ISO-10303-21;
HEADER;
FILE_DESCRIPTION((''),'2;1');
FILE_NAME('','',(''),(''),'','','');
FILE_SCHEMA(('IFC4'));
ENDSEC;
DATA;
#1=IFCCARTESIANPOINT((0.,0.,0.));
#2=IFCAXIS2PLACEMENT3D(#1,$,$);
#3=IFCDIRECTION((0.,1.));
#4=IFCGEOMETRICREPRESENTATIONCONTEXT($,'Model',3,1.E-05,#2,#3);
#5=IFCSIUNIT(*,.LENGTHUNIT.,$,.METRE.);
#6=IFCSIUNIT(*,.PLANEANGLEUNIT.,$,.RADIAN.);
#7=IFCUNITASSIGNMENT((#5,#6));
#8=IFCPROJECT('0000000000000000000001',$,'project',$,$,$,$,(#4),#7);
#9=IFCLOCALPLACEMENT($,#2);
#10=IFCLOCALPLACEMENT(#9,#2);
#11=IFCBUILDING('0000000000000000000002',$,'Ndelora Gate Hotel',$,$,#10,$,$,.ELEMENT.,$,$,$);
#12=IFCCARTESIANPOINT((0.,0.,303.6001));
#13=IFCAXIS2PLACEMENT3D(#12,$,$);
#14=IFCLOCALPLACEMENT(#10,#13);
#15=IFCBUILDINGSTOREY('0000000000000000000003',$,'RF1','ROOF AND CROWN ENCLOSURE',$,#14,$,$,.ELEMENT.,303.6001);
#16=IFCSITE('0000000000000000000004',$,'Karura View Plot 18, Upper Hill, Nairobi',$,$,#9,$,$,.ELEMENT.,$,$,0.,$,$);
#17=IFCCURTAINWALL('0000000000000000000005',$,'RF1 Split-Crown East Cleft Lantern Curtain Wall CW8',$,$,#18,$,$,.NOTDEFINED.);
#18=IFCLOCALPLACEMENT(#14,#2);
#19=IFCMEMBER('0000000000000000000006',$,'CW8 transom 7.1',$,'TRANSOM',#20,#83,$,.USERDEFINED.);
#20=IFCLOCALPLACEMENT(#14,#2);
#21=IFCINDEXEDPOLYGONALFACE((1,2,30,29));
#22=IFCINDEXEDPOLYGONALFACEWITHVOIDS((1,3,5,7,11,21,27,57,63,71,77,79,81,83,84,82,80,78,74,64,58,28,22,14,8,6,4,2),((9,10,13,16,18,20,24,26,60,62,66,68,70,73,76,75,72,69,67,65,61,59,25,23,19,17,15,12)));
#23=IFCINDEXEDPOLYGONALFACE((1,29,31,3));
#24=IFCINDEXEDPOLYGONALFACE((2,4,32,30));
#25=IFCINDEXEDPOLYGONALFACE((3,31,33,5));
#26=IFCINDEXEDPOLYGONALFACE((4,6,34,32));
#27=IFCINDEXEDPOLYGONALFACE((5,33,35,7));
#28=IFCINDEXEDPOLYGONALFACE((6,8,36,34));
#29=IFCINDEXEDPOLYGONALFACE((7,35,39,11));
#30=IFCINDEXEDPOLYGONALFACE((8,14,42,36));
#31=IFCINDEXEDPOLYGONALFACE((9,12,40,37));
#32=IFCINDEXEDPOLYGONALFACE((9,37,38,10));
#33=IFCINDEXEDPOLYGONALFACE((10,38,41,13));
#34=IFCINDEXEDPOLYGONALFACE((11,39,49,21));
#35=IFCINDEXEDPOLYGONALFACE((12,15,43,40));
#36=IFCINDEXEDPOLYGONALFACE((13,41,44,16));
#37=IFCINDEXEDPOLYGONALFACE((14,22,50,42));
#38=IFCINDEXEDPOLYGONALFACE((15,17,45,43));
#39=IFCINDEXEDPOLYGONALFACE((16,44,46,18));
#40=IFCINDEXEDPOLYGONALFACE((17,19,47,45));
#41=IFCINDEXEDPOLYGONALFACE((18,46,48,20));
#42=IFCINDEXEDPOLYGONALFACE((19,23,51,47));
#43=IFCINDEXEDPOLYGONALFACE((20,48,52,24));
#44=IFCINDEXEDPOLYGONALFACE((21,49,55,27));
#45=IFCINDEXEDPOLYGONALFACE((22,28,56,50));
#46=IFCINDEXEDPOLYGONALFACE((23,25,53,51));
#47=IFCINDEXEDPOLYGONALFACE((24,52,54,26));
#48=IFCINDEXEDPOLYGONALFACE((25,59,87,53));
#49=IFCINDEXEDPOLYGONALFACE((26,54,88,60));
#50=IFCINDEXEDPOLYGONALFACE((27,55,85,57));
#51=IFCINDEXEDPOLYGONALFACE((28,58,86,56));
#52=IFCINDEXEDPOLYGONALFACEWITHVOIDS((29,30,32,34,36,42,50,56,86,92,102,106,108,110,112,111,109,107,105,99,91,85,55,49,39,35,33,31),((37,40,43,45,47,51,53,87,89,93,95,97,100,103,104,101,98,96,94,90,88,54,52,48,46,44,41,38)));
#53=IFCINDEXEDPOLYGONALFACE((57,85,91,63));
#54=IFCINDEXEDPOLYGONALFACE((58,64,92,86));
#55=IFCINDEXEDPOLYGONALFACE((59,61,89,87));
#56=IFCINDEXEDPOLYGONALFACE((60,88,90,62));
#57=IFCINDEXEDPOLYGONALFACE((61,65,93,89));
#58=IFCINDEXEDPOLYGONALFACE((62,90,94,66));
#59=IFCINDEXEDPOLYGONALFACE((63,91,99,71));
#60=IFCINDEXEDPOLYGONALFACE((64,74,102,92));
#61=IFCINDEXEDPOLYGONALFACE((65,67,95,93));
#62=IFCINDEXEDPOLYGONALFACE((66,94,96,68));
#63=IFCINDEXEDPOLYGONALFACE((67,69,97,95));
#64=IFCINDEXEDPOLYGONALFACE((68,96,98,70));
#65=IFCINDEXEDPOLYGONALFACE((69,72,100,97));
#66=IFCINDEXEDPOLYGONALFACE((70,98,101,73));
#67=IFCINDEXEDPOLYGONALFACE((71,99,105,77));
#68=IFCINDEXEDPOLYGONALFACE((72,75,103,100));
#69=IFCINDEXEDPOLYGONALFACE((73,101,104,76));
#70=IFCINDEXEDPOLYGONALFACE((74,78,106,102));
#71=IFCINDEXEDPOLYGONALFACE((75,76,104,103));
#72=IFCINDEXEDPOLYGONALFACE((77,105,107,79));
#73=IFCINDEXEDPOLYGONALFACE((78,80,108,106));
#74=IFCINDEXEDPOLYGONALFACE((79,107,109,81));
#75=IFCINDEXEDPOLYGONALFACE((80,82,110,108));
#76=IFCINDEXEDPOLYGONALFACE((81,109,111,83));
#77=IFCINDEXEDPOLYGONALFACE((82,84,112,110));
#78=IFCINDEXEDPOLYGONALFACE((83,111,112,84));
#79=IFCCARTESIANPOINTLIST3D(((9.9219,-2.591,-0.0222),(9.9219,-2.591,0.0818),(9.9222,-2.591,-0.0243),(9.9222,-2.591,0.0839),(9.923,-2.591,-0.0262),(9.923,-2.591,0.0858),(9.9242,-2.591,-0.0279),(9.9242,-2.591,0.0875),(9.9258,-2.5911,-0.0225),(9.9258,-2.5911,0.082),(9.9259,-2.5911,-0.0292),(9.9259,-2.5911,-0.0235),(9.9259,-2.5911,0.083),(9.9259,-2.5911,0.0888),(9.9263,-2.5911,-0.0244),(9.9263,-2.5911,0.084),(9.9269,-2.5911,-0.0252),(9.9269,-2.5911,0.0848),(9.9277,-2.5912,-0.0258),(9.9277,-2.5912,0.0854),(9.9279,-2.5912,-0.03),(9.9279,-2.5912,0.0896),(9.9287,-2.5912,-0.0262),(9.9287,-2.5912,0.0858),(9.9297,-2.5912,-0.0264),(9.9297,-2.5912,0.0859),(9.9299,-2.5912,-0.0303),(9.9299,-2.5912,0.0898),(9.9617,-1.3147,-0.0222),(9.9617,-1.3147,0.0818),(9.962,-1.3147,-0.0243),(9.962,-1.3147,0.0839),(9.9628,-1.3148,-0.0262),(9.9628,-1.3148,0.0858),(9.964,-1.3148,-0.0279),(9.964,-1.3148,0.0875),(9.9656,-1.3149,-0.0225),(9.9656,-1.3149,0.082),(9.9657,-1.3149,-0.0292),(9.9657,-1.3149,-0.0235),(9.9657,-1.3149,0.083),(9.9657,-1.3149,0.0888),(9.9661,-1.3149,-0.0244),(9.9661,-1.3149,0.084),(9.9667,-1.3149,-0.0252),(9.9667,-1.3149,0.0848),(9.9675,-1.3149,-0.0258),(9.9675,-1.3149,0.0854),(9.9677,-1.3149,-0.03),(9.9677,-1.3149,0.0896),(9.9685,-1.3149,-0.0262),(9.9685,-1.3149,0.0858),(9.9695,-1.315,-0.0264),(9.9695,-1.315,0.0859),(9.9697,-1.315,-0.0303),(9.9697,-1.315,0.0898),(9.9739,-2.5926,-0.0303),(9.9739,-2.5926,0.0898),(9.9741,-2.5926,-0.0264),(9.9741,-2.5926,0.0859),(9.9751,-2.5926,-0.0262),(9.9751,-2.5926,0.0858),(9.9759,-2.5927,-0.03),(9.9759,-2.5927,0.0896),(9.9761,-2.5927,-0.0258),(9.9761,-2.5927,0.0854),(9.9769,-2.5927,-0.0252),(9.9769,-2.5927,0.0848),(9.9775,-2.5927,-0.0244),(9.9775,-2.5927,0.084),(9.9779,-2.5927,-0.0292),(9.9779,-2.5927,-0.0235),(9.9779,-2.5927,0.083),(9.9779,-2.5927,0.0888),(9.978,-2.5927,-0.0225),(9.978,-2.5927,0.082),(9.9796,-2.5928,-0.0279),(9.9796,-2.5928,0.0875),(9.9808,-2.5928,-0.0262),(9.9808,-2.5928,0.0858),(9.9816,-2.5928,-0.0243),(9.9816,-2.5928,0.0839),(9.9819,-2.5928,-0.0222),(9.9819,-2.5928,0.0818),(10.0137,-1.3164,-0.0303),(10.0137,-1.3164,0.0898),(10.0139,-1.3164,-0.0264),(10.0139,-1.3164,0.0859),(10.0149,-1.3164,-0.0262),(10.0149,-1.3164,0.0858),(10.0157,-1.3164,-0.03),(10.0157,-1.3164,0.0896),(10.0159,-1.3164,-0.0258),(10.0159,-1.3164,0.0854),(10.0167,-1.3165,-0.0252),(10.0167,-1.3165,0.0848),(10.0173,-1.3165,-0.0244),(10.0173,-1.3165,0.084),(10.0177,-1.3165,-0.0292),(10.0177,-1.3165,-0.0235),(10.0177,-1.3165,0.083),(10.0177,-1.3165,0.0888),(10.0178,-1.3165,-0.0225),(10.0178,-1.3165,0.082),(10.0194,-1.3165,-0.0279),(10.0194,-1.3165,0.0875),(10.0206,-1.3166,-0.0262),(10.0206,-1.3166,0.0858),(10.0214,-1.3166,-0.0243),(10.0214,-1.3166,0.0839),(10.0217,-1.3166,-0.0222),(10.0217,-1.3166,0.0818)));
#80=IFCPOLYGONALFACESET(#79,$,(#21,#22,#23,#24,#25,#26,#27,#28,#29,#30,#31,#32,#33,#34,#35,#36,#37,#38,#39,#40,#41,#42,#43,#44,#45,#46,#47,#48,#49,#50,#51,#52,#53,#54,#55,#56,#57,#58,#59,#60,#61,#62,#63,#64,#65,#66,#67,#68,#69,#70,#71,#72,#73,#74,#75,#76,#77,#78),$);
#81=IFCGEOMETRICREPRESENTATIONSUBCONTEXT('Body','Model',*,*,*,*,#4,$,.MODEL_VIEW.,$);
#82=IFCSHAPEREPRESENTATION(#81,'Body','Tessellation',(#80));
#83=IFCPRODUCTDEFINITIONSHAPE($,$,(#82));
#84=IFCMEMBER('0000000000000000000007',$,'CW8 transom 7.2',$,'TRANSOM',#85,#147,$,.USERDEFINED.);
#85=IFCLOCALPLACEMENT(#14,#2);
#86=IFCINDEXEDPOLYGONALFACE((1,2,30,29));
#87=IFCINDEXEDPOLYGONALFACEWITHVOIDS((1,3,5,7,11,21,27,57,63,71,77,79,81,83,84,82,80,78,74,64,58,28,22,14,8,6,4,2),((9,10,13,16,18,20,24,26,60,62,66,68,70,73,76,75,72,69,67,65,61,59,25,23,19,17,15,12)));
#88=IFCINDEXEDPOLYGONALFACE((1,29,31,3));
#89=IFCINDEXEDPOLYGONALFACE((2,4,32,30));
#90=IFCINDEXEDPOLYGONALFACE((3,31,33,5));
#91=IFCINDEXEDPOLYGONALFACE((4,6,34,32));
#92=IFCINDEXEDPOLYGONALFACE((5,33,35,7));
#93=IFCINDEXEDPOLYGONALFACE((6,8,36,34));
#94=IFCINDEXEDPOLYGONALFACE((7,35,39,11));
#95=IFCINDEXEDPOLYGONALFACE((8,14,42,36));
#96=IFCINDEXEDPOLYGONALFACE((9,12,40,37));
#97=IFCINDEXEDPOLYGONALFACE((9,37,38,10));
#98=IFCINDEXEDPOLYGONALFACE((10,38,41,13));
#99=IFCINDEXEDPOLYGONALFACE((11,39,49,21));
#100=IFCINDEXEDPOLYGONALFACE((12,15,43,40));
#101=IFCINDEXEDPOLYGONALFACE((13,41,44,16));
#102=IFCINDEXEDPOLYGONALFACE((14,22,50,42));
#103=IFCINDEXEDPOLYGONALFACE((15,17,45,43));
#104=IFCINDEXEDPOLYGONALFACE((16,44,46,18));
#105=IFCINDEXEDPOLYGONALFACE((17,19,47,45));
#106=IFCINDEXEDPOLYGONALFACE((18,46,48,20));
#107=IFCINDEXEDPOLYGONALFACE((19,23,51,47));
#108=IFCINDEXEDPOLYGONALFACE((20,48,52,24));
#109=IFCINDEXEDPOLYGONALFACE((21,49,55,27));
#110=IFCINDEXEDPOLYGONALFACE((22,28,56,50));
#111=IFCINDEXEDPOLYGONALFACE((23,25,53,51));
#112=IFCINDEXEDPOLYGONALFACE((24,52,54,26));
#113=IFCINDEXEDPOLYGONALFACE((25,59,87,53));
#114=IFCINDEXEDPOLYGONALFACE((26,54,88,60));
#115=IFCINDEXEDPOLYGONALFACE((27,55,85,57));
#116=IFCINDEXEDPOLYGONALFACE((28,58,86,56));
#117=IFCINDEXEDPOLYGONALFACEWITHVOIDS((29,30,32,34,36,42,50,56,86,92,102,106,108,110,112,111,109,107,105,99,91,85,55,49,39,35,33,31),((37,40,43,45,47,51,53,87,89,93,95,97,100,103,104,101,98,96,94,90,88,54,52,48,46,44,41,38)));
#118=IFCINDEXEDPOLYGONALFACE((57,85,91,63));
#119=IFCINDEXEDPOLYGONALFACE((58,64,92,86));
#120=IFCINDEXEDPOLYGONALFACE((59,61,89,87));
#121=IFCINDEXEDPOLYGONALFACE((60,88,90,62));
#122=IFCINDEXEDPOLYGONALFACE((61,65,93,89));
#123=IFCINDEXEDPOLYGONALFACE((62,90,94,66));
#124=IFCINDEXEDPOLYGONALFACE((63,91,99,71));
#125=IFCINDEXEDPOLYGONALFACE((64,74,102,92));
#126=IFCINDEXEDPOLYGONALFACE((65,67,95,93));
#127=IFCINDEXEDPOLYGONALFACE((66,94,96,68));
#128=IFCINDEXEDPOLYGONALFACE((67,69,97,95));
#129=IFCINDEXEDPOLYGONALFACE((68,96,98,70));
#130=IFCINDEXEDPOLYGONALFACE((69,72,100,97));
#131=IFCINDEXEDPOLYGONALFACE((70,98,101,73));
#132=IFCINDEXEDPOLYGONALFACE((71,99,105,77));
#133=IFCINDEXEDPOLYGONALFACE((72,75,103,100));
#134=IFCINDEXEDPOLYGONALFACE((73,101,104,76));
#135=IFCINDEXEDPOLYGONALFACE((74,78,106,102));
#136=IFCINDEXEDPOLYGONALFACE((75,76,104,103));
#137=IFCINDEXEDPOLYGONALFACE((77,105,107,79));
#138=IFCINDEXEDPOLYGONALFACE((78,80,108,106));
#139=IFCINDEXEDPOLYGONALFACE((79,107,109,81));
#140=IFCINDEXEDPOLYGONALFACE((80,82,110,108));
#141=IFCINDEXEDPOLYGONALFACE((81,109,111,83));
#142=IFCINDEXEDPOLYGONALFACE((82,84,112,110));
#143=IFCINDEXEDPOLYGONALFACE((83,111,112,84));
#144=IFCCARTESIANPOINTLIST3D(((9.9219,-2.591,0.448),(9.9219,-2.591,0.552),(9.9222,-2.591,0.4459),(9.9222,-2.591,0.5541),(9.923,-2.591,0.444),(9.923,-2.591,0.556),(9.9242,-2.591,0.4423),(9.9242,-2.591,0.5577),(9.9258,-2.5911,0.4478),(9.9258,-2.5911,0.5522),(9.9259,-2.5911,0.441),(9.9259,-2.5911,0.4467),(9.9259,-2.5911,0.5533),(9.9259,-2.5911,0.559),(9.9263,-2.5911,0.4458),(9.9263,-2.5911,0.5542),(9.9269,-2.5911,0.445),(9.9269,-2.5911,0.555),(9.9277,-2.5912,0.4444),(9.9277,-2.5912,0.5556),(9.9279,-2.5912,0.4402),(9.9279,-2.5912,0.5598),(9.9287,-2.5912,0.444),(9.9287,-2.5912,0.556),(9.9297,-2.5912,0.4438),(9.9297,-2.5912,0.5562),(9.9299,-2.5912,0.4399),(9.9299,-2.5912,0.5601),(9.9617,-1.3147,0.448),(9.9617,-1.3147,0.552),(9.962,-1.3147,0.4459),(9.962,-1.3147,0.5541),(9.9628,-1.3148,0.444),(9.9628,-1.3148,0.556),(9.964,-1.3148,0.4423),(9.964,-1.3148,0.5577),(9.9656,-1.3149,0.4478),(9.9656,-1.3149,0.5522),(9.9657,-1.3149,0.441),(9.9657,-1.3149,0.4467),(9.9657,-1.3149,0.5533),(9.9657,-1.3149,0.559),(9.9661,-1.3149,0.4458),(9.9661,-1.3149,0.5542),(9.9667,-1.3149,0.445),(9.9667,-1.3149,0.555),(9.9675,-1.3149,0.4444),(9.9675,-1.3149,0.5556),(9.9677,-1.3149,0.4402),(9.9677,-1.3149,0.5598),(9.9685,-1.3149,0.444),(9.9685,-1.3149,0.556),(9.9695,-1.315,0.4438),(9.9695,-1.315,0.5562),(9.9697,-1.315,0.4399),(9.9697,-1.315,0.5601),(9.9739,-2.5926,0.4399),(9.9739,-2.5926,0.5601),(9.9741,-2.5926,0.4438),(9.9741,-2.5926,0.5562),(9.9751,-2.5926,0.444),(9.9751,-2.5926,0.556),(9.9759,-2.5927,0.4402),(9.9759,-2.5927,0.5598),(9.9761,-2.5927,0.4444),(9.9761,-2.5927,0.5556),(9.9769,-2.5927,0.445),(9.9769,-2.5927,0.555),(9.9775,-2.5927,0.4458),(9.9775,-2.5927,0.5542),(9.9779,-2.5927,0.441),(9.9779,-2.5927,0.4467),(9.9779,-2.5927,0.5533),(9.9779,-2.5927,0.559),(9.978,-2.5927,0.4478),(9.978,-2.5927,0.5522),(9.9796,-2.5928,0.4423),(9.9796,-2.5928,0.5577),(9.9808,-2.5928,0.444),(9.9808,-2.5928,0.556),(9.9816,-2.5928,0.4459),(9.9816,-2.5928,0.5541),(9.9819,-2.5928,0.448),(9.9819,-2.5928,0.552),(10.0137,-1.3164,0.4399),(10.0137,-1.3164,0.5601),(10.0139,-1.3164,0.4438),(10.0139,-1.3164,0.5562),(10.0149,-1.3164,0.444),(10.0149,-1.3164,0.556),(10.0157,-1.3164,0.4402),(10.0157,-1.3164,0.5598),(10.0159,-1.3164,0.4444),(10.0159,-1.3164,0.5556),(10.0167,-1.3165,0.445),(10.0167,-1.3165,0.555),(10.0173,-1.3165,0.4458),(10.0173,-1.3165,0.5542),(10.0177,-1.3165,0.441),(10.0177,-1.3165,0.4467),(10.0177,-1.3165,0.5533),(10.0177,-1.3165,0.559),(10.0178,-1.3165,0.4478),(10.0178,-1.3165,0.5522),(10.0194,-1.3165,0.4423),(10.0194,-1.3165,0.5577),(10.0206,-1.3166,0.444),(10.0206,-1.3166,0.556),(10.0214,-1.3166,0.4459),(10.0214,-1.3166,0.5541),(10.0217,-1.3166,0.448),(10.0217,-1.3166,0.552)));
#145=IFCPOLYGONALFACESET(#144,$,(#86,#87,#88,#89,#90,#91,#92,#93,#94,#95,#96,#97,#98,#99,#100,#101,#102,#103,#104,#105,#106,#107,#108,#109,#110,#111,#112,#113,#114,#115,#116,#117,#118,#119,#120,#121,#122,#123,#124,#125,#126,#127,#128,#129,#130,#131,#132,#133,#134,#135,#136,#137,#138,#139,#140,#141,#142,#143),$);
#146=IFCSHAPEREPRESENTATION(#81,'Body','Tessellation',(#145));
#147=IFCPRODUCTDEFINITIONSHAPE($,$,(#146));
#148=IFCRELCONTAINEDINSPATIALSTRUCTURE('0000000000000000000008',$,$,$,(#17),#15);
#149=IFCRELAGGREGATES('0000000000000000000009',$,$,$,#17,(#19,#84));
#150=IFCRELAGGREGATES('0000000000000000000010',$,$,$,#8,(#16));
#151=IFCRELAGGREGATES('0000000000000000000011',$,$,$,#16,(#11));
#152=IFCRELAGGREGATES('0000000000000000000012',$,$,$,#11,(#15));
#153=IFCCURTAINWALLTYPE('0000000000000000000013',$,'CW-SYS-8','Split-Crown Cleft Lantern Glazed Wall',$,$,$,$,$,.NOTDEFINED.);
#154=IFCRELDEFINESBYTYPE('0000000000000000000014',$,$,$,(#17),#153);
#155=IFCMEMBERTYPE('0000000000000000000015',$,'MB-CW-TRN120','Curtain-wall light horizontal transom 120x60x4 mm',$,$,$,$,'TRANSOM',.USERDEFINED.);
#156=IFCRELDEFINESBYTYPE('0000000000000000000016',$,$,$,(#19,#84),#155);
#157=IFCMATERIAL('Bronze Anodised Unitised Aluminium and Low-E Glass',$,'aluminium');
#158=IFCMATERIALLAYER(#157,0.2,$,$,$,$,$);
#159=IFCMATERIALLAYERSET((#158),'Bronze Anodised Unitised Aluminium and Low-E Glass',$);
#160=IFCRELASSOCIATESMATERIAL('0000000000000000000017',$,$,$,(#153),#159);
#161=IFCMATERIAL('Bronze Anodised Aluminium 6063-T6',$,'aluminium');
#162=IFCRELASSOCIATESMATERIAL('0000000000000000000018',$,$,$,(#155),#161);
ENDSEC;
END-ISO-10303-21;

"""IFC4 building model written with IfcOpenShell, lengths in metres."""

from ifc_helpers import new_model, si_unit, direction, frame, origin, origin_2d, place, context, subcontext, project, spatial, hollow_rectangle, extrude, material, layer, layer_set, material_profile, profile_set, type_object, element, aggregate, save


model = new_model("IFC4")

# Units and contexts
model_context = context("Model", 3, precision=1e-05, world=origin(), true_north=direction((0.0, 1.0)))
body_context = subcontext(model_context, "Body", "Model", "MODEL_VIEW")
ifc_project = project(units=[si_unit("LENGTHUNIT", "METRE"), si_unit("PLANEANGLEUNIT", "RADIAN")], contexts=[model_context])

# Site, building, storey
site_placement = place(None, origin())
site = spatial("IfcSite", under=ifc_project, at=site_placement, Name="Karura View Plot 18, Upper Hill, Nairobi", CompositionType="ELEMENT", RefElevation=0.0)
building_placement = place(site_placement, origin())
building = spatial("IfcBuilding", under=site, at=building_placement, Name="Ndelora Gate Hotel", CompositionType="ELEMENT")
storey_placement = place(building_placement, frame((0.0, 0.0, 303.6001)))
storey = spatial("IfcBuildingStorey", under=building, at=storey_placement, Name="RF1", Description="ROOF AND CROWN ENCLOSURE", CompositionType="ELEMENT", Elevation=303.6001)

# Curtain wall
ifc_material_1 = material(Name="Bronze Anodised Unitised Aluminium and Low-E Glass", Category="aluminium")
ifc_layer_1 = layer(ifc_material_1, 0.2)
ifc_layer_set_1 = layer_set([ifc_layer_1], Name="Bronze Anodised Unitised Aluminium and Low-E Glass")
curtain_wall_type = type_object("IfcCurtainWallType", Name="CW-SYS-8", Description="Split-Crown Cleft Lantern Glazed Wall", PredefinedType="NOTDEFINED", material=ifc_layer_set_1)
ifc_material_2 = material(Name="Bronze Anodised Aluminium 6063-T6", Category="aluminium")
curtain_wall_1_placement = place(storey_placement, origin())
curtain_wall_1 = element("IfcCurtainWall", 1, at=curtain_wall_1_placement, inside=storey, type_object=curtain_wall_type, Name="RF1 Split-Crown East Cleft Lantern Curtain Wall CW8", PredefinedType="NOTDEFINED")

# Members
ifc_material_profile_1 = material_profile(ifc_material_2, hollow_rectangle(XDim=0.0601, YDim=0.1201, WallThickness=0.0039, InnerFilletRadius=0.0039, OuterFilletRadius=0.0081, at=origin_2d()), Name="ALU 120x60x4")
ifc_profile_set_1 = profile_set([ifc_material_profile_1], Name="Bronze Anodised Aluminium 6063-T6")
member_type_1 = type_object("IfcMemberType", Name="MB-CW-TRN120", Description="Curtain-wall light horizontal transom 120x60x4 mm", ElementType="TRANSOM", PredefinedType="USERDEFINED", material=ifc_profile_set_1)
member_1_placement = place(storey_placement, frame((9.9917, -1.3157, 0.0298), z_axis=(-0.031169, -0.999514, 0.0), x_axis=(0.999514, -0.031169, 0.0)))
member_1 = element("IfcMember", 2, at=member_1_placement, type_object=member_type_1, Name="CW8 transom 7.1", ObjectType="TRANSOM", PredefinedType="USERDEFINED", context=body_context, shape_type="SweptSolid", body=[
    extrude(hollow_rectangle(XDim=0.0601, YDim=0.1201, WallThickness=0.0039, InnerFilletRadius=0.0039, OuterFilletRadius=0.0081, at=origin_2d()), origin(), (0.0, 0.0, 1.0), 1.2769),
])
member_2_placement = place(storey_placement, frame((9.9917, -1.3157, 0.5), z_axis=(-0.031169, -0.999514, 0.0), x_axis=(0.999514, -0.031169, 0.0)))
member_2 = element("IfcMember", 3, at=member_2_placement, type_object=member_type_1, Name="CW8 transom 7.2", ObjectType="TRANSOM", PredefinedType="USERDEFINED", context=body_context, shape_type="SweptSolid", body=[
    extrude(hollow_rectangle(XDim=0.0601, YDim=0.1201, WallThickness=0.0039, InnerFilletRadius=0.0039, OuterFilletRadius=0.0081, at=origin_2d()), origin(), (0.0, 0.0, 1.0), 1.2769),
])

aggregate(curtain_wall_1, [member_1, member_2])

save(model, "model.ifc")
